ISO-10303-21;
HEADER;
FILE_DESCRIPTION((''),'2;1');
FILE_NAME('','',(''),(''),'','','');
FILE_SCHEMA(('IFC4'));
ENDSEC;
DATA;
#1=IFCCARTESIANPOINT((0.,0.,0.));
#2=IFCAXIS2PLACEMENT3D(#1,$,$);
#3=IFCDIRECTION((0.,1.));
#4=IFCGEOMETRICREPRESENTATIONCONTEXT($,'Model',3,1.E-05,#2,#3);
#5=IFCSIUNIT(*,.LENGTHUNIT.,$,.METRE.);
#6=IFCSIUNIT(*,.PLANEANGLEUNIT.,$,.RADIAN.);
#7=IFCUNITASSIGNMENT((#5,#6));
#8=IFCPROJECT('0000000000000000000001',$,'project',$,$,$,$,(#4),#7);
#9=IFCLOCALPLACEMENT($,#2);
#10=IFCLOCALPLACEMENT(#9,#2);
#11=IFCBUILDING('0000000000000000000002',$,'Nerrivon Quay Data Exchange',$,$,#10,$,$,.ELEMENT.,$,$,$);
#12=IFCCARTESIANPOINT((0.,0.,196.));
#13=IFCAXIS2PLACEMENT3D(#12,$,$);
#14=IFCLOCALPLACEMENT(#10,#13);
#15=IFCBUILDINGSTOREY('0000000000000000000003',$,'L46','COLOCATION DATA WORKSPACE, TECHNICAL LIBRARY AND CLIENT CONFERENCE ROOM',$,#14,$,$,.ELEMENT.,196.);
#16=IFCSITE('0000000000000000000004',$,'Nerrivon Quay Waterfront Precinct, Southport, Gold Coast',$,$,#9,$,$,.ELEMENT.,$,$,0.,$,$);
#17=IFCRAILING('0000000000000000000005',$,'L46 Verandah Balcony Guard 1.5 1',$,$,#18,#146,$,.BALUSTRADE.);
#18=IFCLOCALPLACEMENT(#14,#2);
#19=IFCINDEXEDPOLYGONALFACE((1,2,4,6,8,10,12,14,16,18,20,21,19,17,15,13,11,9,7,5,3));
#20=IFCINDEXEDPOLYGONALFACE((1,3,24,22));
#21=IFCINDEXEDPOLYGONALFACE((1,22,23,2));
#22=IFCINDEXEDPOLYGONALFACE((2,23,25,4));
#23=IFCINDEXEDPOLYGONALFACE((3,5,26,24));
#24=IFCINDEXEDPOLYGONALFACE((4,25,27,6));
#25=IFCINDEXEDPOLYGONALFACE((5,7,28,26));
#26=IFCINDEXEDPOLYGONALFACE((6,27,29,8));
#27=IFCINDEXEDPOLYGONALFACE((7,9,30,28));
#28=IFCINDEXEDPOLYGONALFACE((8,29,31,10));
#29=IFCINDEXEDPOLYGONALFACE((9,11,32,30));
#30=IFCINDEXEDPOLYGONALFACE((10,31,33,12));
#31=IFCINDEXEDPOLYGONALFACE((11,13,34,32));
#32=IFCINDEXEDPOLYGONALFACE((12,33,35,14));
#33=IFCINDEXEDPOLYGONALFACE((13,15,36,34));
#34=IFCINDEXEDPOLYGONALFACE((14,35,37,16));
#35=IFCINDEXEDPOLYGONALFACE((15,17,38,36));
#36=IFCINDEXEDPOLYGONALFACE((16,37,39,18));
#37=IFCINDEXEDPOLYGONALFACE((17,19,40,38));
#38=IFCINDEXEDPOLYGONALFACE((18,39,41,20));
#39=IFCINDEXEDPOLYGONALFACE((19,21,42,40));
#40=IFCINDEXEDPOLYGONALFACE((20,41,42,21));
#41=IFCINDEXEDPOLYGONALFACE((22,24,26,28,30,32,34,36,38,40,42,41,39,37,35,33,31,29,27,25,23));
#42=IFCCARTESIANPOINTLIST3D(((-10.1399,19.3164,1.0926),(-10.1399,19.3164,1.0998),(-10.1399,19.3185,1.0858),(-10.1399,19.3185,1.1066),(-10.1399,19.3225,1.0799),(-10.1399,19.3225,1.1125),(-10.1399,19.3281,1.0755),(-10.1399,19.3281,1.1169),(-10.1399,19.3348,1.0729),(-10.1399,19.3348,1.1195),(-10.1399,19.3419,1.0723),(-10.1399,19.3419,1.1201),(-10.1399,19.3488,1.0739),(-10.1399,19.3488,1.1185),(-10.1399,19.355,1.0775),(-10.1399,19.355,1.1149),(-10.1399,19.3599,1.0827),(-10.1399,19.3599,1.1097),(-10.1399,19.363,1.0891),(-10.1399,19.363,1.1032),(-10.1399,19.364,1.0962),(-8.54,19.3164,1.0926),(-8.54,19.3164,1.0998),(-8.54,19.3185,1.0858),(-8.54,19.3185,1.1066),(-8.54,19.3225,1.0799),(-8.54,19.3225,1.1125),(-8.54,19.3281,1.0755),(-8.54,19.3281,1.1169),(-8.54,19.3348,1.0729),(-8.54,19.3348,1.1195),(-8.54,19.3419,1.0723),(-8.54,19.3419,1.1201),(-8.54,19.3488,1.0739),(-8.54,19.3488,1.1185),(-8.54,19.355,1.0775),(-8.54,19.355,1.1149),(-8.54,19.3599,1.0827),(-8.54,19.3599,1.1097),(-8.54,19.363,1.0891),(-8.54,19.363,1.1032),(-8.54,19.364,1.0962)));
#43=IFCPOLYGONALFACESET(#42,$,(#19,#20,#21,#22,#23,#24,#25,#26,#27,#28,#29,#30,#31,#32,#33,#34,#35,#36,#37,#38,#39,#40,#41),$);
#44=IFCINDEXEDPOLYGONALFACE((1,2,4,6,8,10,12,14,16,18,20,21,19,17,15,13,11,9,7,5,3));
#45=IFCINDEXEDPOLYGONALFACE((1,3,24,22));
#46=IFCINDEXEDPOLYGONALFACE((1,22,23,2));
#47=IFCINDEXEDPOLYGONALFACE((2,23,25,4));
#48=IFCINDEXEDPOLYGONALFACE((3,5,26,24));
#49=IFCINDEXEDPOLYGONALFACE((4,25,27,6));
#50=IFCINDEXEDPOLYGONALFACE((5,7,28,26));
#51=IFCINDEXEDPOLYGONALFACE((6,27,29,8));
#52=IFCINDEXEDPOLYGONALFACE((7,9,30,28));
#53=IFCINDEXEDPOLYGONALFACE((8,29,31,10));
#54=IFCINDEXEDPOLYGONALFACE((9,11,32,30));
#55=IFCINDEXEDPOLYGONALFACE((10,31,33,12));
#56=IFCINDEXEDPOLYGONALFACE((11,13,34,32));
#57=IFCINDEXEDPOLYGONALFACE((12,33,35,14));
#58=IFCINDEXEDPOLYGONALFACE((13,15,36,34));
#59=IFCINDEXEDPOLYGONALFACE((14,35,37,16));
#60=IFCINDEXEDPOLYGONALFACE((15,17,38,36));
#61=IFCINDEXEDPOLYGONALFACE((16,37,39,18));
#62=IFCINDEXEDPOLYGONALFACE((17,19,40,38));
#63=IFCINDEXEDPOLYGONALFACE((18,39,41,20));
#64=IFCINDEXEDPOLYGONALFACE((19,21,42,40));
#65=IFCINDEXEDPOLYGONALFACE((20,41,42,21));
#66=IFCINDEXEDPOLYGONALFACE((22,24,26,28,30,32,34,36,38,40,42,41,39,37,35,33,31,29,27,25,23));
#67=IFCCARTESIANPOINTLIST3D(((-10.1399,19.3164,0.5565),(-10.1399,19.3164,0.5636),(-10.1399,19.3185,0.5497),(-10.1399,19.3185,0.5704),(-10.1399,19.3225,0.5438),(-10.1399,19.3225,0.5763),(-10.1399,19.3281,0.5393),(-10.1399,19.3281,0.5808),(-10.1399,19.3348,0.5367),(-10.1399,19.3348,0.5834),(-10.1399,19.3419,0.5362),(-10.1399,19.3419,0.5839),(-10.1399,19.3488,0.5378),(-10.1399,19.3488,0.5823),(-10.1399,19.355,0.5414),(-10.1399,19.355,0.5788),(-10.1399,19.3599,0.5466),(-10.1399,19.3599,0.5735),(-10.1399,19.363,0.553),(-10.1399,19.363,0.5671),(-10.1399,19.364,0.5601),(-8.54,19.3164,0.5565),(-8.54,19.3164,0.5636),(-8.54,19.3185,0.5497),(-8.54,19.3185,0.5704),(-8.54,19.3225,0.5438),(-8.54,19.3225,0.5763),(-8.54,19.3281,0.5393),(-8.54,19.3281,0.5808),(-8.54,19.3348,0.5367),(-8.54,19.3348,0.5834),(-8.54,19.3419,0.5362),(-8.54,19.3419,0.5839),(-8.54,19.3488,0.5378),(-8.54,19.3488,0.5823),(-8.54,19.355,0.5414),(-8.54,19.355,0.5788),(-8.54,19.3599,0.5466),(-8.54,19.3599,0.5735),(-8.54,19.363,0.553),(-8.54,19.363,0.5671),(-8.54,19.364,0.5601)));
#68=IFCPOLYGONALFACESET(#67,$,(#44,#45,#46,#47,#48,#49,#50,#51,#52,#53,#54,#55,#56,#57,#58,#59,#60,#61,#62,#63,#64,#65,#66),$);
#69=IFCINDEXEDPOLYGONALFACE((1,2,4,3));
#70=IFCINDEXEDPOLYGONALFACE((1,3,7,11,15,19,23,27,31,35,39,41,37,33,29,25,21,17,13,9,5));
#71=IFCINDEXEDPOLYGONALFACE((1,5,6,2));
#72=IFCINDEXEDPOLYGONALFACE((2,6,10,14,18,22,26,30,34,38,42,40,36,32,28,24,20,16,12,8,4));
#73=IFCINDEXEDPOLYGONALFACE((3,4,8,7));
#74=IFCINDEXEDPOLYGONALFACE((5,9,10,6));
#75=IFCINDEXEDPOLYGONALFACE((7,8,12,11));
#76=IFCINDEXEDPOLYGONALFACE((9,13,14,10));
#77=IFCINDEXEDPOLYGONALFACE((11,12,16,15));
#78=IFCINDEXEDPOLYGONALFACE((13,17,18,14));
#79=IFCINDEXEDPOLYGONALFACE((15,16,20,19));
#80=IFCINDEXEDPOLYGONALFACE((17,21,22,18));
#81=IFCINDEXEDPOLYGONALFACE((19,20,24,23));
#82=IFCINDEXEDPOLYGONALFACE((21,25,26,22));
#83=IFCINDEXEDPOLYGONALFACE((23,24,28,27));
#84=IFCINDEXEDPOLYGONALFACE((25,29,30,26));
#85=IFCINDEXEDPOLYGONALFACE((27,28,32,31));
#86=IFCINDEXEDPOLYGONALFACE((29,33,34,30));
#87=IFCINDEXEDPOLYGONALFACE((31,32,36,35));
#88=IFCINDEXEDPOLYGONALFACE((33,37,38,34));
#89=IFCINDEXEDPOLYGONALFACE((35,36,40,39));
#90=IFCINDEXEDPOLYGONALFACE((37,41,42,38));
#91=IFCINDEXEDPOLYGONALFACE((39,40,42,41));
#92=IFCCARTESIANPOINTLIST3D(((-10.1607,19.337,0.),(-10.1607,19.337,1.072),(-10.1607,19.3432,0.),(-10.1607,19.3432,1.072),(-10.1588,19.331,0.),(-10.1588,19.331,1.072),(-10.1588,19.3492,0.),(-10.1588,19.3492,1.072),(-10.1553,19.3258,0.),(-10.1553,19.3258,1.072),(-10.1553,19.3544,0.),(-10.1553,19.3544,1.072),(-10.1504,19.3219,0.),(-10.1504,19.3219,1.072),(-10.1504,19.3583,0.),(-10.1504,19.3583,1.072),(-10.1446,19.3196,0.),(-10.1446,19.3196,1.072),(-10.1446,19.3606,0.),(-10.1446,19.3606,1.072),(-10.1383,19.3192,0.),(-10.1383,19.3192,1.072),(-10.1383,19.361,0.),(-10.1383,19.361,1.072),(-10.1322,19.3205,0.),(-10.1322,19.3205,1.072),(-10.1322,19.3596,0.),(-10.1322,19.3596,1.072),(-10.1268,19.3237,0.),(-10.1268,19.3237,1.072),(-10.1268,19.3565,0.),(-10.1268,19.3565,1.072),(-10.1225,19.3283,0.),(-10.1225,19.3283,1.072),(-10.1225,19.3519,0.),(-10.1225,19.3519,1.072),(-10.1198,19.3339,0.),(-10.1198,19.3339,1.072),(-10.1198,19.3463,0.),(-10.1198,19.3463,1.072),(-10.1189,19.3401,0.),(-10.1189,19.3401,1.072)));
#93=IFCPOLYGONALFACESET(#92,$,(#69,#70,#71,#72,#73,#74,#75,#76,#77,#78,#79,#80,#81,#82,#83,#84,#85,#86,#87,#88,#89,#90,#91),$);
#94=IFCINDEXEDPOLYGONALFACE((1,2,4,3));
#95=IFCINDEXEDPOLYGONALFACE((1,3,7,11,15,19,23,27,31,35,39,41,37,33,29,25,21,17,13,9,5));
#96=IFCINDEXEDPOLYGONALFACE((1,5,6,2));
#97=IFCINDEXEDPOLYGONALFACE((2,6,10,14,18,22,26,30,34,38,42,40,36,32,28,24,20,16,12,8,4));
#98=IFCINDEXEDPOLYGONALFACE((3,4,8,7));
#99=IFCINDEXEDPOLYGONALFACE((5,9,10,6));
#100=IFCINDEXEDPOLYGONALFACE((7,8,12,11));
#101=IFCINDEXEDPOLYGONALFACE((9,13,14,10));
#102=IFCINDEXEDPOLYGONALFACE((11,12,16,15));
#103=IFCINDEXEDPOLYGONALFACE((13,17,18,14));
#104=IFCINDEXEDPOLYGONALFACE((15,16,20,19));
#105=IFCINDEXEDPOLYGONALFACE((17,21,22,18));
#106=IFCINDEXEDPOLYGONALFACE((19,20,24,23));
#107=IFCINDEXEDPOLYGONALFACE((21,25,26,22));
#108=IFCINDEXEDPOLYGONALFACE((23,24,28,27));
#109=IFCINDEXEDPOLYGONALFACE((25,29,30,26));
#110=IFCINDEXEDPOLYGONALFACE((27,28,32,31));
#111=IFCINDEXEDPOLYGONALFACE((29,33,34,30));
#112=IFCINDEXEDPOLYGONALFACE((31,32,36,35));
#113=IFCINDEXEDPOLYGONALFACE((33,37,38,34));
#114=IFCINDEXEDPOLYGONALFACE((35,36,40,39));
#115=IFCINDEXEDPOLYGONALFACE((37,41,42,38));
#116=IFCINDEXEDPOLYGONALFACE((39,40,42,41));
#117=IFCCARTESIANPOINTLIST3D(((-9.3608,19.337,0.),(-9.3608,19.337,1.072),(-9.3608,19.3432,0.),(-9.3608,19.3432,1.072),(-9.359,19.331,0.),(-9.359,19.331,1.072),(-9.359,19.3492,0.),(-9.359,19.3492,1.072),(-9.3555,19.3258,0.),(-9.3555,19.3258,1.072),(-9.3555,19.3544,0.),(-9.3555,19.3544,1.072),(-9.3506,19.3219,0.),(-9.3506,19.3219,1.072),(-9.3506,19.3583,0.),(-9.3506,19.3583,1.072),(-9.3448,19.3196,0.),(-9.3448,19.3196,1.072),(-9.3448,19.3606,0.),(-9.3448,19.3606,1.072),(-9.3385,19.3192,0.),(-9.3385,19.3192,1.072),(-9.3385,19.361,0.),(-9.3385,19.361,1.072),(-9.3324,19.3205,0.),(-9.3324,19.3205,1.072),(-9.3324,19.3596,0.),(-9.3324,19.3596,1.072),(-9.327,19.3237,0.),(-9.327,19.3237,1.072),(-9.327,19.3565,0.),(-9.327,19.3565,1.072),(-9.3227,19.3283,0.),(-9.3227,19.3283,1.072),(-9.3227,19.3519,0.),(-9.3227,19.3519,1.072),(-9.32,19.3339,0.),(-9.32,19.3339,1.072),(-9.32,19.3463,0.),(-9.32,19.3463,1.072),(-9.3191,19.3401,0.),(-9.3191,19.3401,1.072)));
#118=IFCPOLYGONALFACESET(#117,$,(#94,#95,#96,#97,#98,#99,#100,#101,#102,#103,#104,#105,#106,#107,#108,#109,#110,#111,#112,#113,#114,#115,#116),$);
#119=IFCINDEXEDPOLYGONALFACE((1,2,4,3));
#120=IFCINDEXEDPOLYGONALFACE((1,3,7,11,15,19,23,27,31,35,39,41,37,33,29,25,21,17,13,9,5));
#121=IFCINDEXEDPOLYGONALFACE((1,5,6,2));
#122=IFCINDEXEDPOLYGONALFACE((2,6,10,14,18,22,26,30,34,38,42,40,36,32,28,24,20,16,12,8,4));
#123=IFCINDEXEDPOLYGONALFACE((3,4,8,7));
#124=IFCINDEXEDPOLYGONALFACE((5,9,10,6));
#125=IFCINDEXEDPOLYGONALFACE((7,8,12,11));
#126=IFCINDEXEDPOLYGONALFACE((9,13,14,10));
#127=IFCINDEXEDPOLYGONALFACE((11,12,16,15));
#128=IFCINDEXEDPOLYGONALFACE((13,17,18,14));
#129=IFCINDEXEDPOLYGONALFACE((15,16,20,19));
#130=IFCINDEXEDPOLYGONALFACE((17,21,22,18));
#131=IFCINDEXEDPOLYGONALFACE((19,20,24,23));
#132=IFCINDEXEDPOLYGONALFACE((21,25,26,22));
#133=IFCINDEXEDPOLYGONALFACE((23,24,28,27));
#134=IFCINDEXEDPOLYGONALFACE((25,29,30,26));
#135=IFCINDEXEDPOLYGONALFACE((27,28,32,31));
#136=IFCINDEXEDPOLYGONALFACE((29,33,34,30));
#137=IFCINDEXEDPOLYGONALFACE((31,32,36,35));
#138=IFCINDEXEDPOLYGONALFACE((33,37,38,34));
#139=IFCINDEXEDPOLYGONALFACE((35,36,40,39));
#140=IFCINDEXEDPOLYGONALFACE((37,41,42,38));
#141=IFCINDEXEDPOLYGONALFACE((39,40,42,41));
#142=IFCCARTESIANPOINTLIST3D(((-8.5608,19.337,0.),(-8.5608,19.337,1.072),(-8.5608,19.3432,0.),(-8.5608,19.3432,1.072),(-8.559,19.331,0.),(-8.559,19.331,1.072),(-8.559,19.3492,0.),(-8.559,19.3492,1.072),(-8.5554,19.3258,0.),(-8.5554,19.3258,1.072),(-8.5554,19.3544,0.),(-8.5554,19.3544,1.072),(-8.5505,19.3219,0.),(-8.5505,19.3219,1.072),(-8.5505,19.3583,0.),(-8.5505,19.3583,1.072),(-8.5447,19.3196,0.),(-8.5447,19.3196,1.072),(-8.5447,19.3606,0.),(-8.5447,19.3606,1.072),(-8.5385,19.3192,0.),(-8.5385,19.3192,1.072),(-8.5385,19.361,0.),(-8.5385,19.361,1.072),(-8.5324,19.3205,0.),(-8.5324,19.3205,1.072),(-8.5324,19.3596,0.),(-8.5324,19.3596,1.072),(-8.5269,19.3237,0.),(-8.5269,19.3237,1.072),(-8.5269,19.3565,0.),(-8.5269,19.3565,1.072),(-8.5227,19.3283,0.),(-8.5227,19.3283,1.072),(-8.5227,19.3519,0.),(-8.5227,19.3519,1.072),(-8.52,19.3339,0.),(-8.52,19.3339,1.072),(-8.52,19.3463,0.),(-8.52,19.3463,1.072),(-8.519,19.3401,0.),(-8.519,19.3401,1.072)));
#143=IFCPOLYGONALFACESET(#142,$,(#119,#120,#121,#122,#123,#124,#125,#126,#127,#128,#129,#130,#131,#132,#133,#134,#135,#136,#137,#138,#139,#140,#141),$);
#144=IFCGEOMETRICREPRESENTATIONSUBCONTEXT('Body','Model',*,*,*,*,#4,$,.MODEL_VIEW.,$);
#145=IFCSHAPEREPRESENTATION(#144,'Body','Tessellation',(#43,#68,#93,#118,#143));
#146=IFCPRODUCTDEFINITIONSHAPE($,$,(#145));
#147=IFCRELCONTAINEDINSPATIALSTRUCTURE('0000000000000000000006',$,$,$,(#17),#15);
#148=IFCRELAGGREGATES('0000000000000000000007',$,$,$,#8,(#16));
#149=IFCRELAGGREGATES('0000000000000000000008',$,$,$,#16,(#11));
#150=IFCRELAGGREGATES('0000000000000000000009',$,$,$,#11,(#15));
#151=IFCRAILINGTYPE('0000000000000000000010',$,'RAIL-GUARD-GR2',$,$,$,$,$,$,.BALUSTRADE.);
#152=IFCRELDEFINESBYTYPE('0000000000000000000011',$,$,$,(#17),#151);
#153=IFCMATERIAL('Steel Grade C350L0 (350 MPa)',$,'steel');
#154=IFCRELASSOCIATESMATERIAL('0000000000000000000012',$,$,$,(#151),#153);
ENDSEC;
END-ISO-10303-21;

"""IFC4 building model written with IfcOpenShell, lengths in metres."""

from ifc_helpers import new_model, si_unit, direction, frame, origin, origin_2d, place, context, subcontext, project, spatial, circle, extrude, material, type_object, element, save


model = new_model("IFC4")

# Units and contexts
model_context = context("Model", 3, precision=1e-05, world=origin(), true_north=direction((0.0, 1.0)))
body_context = subcontext(model_context, "Body", "Model", "MODEL_VIEW")
ifc_project = project(units=[si_unit("LENGTHUNIT", "METRE"), si_unit("PLANEANGLEUNIT", "RADIAN")], contexts=[model_context])

# Site, building, storey
site_placement = place(None, origin())
site = spatial("IfcSite", under=ifc_project, at=site_placement, Name="Nerrivon Quay Waterfront Precinct, Southport, Gold Coast", CompositionType="ELEMENT", RefElevation=0.0)
building_placement = place(site_placement, origin())
building = spatial("IfcBuilding", under=site, at=building_placement, Name="Nerrivon Quay Data Exchange", CompositionType="ELEMENT")
storey_placement = place(building_placement, frame((0.0, 0.0, 196.0)))
storey = spatial("IfcBuildingStorey", under=building, at=storey_placement, Name="L46", Description="COLOCATION DATA WORKSPACE, TECHNICAL LIBRARY AND CLIENT CONFERENCE ROOM", CompositionType="ELEMENT", Elevation=196.0)

# Railing
ifc_material_1 = material(Name="Steel Grade C350L0 (350 MPa)", Category="steel")
railing_type = type_object("IfcRailingType", Name="RAIL-GUARD-GR2", PredefinedType="BALUSTRADE", material=ifc_material_1)
railing_1_placement = place(storey_placement, frame((-10.1399, 19.3401, 0.0)))
element("IfcRailing", 1, at=railing_1_placement, inside=storey, type_object=railing_type, Name="L46 Verandah Balcony Guard 1.5 1", PredefinedType="BALUSTRADE", context=body_context, shape_type="SweptSolid", body=[
    extrude(circle(Radius=0.0239, at=origin_2d()), frame((0.0, 0.0, 1.0962), z_axis=(1.0, 0.0, 0.0), x_axis=(0.0, 1.0, 0.0)), (0.0, 0.0, 1.0), 1.5999),
    extrude(circle(Radius=0.0239, at=origin_2d()), frame((0.0, 0.0, 0.5601), z_axis=(1.0, 0.0, 0.0), x_axis=(0.0, 1.0, 0.0)), (0.0, 0.0, 1.0), 1.5999),
    extrude(circle(Radius=0.021, at=origin_2d()), origin(), (0.0, 0.0, 1.0), 1.072),
    extrude(circle(Radius=0.021, at=origin_2d()), frame((0.7998, 0.0, 0.0)), (0.0, 0.0, 1.0), 1.072),
    extrude(circle(Radius=0.021, at=origin_2d()), frame((1.5999, 0.0, 0.0)), (0.0, 0.0, 1.0), 1.072),
])

save(model, "model.ifc")
